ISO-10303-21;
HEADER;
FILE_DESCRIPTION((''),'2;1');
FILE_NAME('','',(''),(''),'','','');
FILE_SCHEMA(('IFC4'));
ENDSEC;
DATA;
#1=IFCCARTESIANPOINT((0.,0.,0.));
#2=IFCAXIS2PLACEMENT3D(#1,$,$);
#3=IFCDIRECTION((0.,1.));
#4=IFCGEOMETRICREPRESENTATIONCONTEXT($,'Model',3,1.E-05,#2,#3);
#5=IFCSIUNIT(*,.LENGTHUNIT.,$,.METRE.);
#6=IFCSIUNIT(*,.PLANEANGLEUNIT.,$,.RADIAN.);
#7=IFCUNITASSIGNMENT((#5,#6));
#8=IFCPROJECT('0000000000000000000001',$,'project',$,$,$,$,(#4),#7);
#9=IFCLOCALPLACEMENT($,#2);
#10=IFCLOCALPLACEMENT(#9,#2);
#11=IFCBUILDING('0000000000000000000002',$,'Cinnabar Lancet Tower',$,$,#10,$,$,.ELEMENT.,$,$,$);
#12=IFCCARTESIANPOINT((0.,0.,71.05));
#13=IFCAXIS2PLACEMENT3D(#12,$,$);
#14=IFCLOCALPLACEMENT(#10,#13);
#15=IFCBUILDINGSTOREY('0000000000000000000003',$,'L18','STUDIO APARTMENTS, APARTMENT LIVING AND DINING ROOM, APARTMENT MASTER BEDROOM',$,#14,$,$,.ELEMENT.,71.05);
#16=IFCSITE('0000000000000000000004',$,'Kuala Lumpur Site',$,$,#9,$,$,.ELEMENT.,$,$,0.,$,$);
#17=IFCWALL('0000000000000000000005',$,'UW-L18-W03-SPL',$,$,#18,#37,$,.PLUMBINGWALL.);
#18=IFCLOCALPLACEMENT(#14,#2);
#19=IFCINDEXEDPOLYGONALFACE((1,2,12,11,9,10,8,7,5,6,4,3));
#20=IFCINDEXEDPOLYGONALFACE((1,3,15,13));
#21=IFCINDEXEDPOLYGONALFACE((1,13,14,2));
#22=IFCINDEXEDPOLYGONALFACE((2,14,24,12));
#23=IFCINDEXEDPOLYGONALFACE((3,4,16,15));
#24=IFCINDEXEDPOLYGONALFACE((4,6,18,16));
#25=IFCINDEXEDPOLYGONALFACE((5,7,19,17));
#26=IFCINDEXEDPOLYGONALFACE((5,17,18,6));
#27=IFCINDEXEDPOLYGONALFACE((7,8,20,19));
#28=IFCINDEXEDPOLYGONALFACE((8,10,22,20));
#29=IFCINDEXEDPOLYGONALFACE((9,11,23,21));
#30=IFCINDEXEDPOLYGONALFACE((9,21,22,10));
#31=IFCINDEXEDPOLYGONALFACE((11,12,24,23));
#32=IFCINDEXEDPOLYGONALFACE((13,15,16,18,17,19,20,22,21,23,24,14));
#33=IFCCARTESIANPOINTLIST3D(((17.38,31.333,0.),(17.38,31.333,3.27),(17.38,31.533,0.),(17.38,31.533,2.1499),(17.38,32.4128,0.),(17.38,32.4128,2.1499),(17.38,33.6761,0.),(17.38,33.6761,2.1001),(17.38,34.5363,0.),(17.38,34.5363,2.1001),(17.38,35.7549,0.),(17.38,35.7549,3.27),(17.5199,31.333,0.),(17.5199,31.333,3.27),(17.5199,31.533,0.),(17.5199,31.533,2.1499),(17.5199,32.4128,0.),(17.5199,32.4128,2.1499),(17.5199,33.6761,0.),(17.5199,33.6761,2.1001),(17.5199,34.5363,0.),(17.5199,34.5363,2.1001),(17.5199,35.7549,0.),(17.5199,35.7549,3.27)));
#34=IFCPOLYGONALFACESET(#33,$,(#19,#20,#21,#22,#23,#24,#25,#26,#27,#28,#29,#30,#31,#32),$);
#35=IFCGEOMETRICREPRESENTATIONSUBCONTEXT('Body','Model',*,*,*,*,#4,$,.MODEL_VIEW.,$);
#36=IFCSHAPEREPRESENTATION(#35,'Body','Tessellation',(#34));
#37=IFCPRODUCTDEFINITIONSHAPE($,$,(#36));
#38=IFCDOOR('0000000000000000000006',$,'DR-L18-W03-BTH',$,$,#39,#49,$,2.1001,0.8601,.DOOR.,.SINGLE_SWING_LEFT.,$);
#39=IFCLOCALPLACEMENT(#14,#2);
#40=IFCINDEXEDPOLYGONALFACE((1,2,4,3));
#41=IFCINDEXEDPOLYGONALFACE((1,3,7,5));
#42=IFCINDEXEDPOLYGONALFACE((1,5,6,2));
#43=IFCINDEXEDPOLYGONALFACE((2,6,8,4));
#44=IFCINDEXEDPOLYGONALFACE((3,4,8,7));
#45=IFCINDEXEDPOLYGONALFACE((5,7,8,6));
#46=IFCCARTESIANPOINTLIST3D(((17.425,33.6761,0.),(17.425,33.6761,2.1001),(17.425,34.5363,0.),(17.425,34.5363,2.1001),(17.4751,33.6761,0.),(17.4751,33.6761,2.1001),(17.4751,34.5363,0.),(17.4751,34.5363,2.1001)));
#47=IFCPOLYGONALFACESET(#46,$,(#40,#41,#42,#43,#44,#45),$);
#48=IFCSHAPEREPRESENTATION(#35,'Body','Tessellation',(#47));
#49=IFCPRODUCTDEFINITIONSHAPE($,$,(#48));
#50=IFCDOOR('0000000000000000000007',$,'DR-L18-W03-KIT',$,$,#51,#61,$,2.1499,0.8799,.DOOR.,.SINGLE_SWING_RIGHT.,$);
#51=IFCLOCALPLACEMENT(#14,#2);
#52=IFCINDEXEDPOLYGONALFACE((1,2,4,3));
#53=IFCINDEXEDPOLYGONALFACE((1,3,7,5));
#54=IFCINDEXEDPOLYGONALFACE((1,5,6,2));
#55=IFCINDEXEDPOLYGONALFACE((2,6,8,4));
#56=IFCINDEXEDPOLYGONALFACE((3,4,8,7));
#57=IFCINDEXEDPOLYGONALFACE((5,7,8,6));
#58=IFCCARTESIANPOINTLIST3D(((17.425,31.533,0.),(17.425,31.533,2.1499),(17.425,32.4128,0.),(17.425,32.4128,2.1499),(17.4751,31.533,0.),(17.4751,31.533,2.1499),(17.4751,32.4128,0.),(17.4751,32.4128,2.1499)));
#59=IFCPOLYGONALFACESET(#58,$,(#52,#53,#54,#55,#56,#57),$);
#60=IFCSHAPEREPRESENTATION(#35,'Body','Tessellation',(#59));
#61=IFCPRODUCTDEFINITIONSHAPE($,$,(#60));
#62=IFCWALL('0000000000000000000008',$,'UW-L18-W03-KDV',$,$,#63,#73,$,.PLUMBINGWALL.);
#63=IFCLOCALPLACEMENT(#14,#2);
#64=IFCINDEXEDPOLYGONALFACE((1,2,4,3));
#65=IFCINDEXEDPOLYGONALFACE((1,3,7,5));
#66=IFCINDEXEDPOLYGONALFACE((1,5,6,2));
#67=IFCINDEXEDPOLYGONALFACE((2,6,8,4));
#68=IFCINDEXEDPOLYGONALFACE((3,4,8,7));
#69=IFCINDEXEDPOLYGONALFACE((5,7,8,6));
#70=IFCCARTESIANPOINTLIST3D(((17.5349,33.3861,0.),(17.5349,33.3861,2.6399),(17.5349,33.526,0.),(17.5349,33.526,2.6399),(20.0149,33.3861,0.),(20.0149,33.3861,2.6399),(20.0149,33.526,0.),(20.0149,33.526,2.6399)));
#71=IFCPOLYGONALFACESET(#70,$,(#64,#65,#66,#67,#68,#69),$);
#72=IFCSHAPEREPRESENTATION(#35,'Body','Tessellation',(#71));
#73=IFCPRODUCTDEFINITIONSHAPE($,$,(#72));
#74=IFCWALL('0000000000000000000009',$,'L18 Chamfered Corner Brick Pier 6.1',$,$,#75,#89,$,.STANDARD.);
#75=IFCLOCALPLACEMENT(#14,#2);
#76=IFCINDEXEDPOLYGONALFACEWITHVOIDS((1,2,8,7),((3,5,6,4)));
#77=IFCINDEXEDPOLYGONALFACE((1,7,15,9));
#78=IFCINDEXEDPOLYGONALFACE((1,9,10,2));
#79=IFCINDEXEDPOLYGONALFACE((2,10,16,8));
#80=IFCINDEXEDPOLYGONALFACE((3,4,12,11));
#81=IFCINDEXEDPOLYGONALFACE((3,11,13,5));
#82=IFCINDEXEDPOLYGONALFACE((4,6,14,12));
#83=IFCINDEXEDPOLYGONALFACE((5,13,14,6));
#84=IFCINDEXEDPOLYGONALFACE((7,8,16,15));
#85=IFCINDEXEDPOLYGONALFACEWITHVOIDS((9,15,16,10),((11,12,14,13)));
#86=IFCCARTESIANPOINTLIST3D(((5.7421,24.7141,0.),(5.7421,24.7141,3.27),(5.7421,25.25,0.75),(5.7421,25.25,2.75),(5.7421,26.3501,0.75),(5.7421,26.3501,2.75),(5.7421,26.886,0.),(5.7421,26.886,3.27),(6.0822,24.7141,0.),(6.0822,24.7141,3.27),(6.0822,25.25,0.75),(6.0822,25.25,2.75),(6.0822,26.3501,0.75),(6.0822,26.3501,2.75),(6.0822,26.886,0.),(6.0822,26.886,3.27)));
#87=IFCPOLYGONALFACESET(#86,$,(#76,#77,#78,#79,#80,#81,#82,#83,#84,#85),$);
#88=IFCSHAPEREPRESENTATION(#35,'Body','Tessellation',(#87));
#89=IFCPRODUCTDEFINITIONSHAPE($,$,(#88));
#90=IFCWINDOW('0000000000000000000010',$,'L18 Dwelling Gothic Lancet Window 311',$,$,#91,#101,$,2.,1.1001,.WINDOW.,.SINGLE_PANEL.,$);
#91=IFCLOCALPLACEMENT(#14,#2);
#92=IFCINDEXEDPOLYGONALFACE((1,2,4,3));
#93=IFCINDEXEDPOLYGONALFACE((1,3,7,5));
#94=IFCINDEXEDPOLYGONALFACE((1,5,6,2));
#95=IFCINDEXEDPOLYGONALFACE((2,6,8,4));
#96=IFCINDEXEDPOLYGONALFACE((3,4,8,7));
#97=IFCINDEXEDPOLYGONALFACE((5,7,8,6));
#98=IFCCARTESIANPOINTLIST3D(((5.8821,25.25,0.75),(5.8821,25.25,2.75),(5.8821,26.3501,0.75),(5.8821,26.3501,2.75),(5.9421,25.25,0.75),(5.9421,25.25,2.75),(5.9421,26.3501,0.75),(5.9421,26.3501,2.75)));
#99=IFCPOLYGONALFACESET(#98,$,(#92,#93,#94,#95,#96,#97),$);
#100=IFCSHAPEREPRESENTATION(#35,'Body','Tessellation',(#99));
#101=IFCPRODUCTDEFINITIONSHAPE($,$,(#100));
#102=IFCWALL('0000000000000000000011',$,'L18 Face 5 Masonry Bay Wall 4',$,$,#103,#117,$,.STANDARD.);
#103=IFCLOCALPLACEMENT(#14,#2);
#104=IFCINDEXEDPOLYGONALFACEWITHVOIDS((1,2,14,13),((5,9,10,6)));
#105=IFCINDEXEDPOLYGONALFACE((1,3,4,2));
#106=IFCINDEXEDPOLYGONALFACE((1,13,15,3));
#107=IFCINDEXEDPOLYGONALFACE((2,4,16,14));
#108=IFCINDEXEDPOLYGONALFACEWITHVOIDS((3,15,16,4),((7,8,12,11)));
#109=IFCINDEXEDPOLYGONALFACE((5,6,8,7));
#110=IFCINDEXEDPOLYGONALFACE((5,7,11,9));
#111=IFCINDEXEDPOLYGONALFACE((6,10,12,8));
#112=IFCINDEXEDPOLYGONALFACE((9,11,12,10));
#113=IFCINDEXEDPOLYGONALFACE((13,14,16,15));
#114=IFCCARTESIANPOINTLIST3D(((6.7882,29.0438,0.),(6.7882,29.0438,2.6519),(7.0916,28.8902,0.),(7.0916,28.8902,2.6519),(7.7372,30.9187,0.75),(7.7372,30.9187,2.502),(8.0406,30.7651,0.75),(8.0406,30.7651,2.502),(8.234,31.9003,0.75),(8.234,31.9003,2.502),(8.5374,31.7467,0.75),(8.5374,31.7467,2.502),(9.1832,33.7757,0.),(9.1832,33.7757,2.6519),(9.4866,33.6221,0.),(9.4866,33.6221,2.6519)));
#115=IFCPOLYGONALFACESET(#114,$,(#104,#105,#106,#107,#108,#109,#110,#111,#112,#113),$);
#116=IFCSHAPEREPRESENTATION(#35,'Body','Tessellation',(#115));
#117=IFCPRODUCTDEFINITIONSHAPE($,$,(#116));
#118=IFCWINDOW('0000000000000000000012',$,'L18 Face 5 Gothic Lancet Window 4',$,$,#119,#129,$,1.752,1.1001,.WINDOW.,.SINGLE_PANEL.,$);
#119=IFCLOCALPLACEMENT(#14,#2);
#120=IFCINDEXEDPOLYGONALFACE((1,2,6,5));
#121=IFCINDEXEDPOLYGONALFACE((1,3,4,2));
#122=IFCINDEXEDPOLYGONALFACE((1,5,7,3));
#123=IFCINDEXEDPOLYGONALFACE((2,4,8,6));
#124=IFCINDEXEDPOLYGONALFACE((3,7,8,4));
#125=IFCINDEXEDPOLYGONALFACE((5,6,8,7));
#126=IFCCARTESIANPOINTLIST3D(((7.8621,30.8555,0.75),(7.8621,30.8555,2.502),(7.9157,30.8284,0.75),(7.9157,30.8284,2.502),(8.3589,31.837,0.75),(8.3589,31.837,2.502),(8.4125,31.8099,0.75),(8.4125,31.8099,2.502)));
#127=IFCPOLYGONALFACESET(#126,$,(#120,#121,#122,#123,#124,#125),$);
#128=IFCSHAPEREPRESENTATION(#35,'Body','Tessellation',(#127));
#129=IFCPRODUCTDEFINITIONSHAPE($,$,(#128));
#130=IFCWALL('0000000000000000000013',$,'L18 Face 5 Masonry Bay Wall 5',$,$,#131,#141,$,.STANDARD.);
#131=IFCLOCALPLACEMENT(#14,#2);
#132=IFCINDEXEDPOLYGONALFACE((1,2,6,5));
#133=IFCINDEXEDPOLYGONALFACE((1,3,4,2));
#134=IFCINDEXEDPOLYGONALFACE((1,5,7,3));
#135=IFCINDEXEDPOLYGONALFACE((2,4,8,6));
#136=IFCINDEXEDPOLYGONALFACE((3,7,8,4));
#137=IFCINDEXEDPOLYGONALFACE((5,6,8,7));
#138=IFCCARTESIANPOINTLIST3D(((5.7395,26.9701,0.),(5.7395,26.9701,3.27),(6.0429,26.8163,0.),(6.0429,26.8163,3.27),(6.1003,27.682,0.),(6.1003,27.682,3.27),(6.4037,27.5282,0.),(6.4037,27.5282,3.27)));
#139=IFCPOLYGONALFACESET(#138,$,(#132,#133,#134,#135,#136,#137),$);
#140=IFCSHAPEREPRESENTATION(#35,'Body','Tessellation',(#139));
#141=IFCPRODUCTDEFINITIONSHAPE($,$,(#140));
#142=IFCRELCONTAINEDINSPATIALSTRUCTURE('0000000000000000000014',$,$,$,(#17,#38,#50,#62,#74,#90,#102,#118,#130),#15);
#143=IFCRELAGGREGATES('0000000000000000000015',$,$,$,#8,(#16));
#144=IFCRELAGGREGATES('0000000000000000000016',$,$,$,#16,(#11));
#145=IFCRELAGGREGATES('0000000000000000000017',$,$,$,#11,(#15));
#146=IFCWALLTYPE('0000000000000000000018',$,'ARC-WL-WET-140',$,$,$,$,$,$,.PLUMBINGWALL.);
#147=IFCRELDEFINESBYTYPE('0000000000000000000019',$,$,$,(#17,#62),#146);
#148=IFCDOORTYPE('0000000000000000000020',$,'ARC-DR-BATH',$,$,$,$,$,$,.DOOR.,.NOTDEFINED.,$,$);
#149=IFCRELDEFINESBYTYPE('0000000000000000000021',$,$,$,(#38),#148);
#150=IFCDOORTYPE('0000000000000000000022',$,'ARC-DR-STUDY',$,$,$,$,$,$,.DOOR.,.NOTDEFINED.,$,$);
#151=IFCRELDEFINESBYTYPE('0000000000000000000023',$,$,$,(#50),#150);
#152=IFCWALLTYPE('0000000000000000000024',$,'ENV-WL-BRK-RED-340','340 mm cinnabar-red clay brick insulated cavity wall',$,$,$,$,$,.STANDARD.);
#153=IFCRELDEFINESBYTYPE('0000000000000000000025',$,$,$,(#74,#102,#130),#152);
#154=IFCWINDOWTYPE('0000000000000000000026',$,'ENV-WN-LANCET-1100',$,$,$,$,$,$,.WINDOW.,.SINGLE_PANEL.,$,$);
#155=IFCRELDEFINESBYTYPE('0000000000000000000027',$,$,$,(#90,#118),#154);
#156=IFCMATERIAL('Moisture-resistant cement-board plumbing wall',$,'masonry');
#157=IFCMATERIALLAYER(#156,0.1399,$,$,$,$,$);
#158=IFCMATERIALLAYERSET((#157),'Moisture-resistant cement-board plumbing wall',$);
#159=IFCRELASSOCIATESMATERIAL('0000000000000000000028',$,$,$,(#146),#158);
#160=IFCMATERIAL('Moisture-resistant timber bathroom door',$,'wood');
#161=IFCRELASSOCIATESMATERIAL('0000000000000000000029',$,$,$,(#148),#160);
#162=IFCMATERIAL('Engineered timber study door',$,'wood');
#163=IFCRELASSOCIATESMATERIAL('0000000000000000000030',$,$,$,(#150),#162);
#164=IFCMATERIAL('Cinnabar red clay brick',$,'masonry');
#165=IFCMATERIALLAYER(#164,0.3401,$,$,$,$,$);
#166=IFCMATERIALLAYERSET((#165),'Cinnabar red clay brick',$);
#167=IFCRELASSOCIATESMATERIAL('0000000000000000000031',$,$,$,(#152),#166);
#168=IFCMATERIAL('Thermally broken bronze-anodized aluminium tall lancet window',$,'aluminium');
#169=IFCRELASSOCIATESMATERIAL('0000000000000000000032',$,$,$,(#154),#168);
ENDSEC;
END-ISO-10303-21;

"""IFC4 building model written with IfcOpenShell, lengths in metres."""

from ifc_helpers import new_model, si_unit, direction, frame, frame_2d, origin, place, context, subcontext, project, spatial, rectangle, extrude, material, layer, layer_set, type_object, element, fill, save


model = new_model("IFC4")

# Units and contexts
model_context = context("Model", 3, precision=1e-05, world=origin(), true_north=direction((0.0, 1.0)))
body_context = subcontext(model_context, "Body", "Model", "MODEL_VIEW")
ifc_project = project(units=[si_unit("LENGTHUNIT", "METRE"), si_unit("PLANEANGLEUNIT", "RADIAN")], contexts=[model_context])

# Site, building, storey
site_placement = place(None, origin())
site = spatial("IfcSite", under=ifc_project, at=site_placement, Name="Kuala Lumpur Site", CompositionType="ELEMENT", RefElevation=0.0)
building_placement = place(site_placement, origin())
building = spatial("IfcBuilding", under=site, at=building_placement, Name="Cinnabar Lancet Tower", CompositionType="ELEMENT")
storey_placement = place(building_placement, frame((0.0, 0.0, 71.05)))
storey = spatial("IfcBuildingStorey", under=building, at=storey_placement, Name="L18", Description="STUDIO APARTMENTS, APARTMENT LIVING AND DINING ROOM, APARTMENT MASTER BEDROOM", CompositionType="ELEMENT", Elevation=71.05)

# Shared definitions
ifc_material_1 = material(Name="Moisture-resistant cement-board plumbing wall", Category="masonry")
ifc_layer_1 = layer(ifc_material_1, 0.1399)
ifc_layer_set_1 = layer_set([ifc_layer_1], Name="Moisture-resistant cement-board plumbing wall")
wall_type_1 = type_object("IfcWallType", Name="ARC-WL-WET-140", PredefinedType="PLUMBINGWALL", material=ifc_layer_set_1)

# Wall, openings, doors
wall_1_placement = place(storey_placement, frame((17.45, 31.333, 0.0), z_axis=(0.0, 0.0, 1.0), x_axis=(0.0, 1.0, 0.0)))
wall_1 = element("IfcWall", 1, at=wall_1_placement, inside=storey, type_object=wall_type_1, Name="UW-L18-W03-SPL", PredefinedType="PLUMBINGWALL", context=body_context, shape_type="SweptSolid", body=[
    extrude(rectangle(XDim=4.4219, YDim=0.1399, at=frame_2d((2.2109, 0.0))), origin(), (0.0, 0.0, 1.0), 3.27),
])
opening_1_placement = place(wall_1_placement, frame((2.343, 0.0, 0.0)))
opening_1 = element("IfcOpeningElement", 2, at=opening_1_placement, cuts=wall_1, PredefinedType="OPENING", context=body_context, shape_type="SweptSolid", body=[
    extrude(rectangle(XDim=0.8601, YDim=2.1001, at=frame_2d((0.4302, 1.05))), frame((0.0, 0.0798, 0.0), z_axis=(0.0, -1.0, 0.0), x_axis=(1.0, 0.0, 0.0)), (0.0, 0.0, 1.0), 0.1599),
])
opening_2_placement = place(wall_1_placement, frame((0.2, 0.0, 0.0)))
opening_2 = element("IfcOpeningElement", 3, at=opening_2_placement, cuts=wall_1, PredefinedType="OPENING", context=body_context, shape_type="SweptSolid", body=[
    extrude(rectangle(XDim=0.8799, YDim=2.1499, at=frame_2d((0.4399, 1.075))), frame((0.0, 0.0798, 0.0), z_axis=(0.0, -1.0, 0.0), x_axis=(1.0, 0.0, 0.0)), (0.0, 0.0, 1.0), 0.1599),
])
ifc_material_2 = material(Name="Moisture-resistant timber bathroom door", Category="wood")
door_type_1 = type_object("IfcDoorType", Name="ARC-DR-BATH", OperationType="NOTDEFINED", PredefinedType="DOOR", material=ifc_material_2)
door_1_placement = place(opening_1_placement, origin())
door_1 = element("IfcDoor", 4, at=door_1_placement, inside=storey, type_object=door_type_1, Name="DR-L18-W03-BTH", OperationType="SINGLE_SWING_LEFT", OverallHeight=2.1001, OverallWidth=0.8601, PredefinedType="DOOR", context=body_context, shape_type="SweptSolid", body=[
    extrude(rectangle(XDim=0.8601, YDim=2.1001, at=frame_2d((0.4302, 1.05))), frame((0.0, 0.0249, 0.0), z_axis=(0.0, -1.0, 0.0), x_axis=(1.0, 0.0, 0.0)), (0.0, 0.0, 1.0), 0.05),
])
fill(opening_1, door_1)
ifc_material_3 = material(Name="Engineered timber study door", Category="wood")
door_type_2 = type_object("IfcDoorType", Name="ARC-DR-STUDY", OperationType="NOTDEFINED", PredefinedType="DOOR", material=ifc_material_3)
door_2_placement = place(opening_2_placement, origin())
door_2 = element("IfcDoor", 5, at=door_2_placement, inside=storey, type_object=door_type_2, Name="DR-L18-W03-KIT", OperationType="SINGLE_SWING_RIGHT", OverallHeight=2.1499, OverallWidth=0.8799, PredefinedType="DOOR", context=body_context, shape_type="SweptSolid", body=[
    extrude(rectangle(XDim=0.8799, YDim=2.1499, at=frame_2d((0.4399, 1.075))), frame((0.0, 0.0249, 0.0), z_axis=(0.0, -1.0, 0.0), x_axis=(1.0, 0.0, 0.0)), (0.0, 0.0, 1.0), 0.05),
])
fill(opening_2, door_2)

# Wall
wall_2_placement = place(storey_placement, frame((17.5349, 33.4561, 0.0), z_axis=(0.0, 0.0, 1.0), x_axis=(1.0, 0.0, 0.0)))
element("IfcWall", 6, at=wall_2_placement, inside=storey, type_object=wall_type_1, Name="UW-L18-W03-KDV", PredefinedType="PLUMBINGWALL", context=body_context, shape_type="SweptSolid", body=[
    extrude(rectangle(XDim=2.48, YDim=0.1399, at=frame_2d((1.24, 0.0))), origin(), (0.0, 0.0, 1.0), 2.6399),
])

# Walls, openings, windows
ifc_material_4 = material(Name="Cinnabar red clay brick", Category="masonry")
ifc_layer_2 = layer(ifc_material_4, 0.3401)
ifc_layer_set_2 = layer_set([ifc_layer_2], Name="Cinnabar red clay brick")
wall_type_2 = type_object("IfcWallType", Name="ENV-WL-BRK-RED-340", Description="340 mm cinnabar-red clay brick insulated cavity wall", PredefinedType="STANDARD", material=ifc_layer_set_2)
wall_3_placement = place(storey_placement, frame((5.9121, 26.886, 0.0), z_axis=(0.0, 0.0, 1.0), x_axis=(0.0, -1.0, 0.0)))
wall_3 = element("IfcWall", 7, at=wall_3_placement, inside=storey, type_object=wall_type_2, Name="L18 Chamfered Corner Brick Pier 6.1", PredefinedType="STANDARD", context=body_context, shape_type="SweptSolid", body=[
    extrude(rectangle(XDim=2.1719, YDim=0.3401, at=frame_2d((1.0859, 0.0))), origin(), (0.0, 0.0, 1.0), 3.27),
])
opening_3_placement = place(wall_3_placement, frame((0.5359, 0.0, 0.75)))
opening_3 = element("IfcOpeningElement", 8, at=opening_3_placement, cuts=wall_3, PredefinedType="OPENING", context=body_context, shape_type="SweptSolid", body=[
    extrude(rectangle(XDim=1.1001, YDim=2.0, at=frame_2d((0.55, 1.0))), frame((0.0, 0.1799, 0.0), z_axis=(0.0, -1.0, 0.0), x_axis=(1.0, 0.0, 0.0)), (0.0, 0.0, 1.0), 0.3601),
])
ifc_material_5 = material(Name="Thermally broken bronze-anodized aluminium tall lancet window", Category="aluminium")
window_type = type_object("IfcWindowType", Name="ENV-WN-LANCET-1100", PartitioningType="SINGLE_PANEL", PredefinedType="WINDOW", material=ifc_material_5)
window_1_placement = place(opening_3_placement, origin())
window_1 = element("IfcWindow", 9, at=window_1_placement, inside=storey, type_object=window_type, Name="L18 Dwelling Gothic Lancet Window 311", OverallHeight=2.0, OverallWidth=1.1001, PartitioningType="SINGLE_PANEL", PredefinedType="WINDOW", context=body_context, shape_type="SweptSolid", body=[
    extrude(rectangle(XDim=1.1001, YDim=2.0, at=frame_2d((0.55, 1.0))), frame((0.0, 0.03, 0.0), z_axis=(0.0, -1.0, 0.0), x_axis=(1.0, 0.0, 0.0)), (0.0, 0.0, 1.0), 0.0601),
])
fill(opening_3, window_1)
wall_4_placement = place(storey_placement, frame((9.335, 33.699, 0.0), z_axis=(0.0, 0.0, 1.0), x_axis=(-0.451591, -0.892225, 0.0)))
wall_4 = element("IfcWall", 10, at=wall_4_placement, inside=storey, type_object=wall_type_2, Name="L18 Face 5 Masonry Bay Wall 4", PredefinedType="STANDARD", context=body_context, shape_type="SweptSolid", body=[
    extrude(rectangle(XDim=5.3035, YDim=0.3401, at=frame_2d((2.6519, 0.0))), origin(), (0.0, 0.0, 1.0), 2.6519),
])
opening_4_placement = place(wall_4_placement, frame((2.1021, 0.0, 0.75)))
opening_4 = element("IfcOpeningElement", 11, at=opening_4_placement, cuts=wall_4, PredefinedType="OPENING", context=body_context, shape_type="SweptSolid", body=[
    extrude(rectangle(XDim=1.1001, YDim=1.752, at=frame_2d((0.55, 0.876))), frame((0.0, 0.1799, 0.0), z_axis=(0.0, -1.0, 0.0), x_axis=(1.0, 0.0, 0.0)), (0.0, 0.0, 1.0), 0.3601),
])
window_2_placement = place(opening_4_placement, origin())
window_2 = element("IfcWindow", 12, at=window_2_placement, inside=storey, type_object=window_type, Name="L18 Face 5 Gothic Lancet Window 4", OverallHeight=1.752, OverallWidth=1.1001, PartitioningType="SINGLE_PANEL", PredefinedType="WINDOW", context=body_context, shape_type="SweptSolid", body=[
    extrude(rectangle(XDim=1.1001, YDim=1.752, at=frame_2d((0.55, 0.876))), frame((0.0, 0.03, 0.0), z_axis=(0.0, -1.0, 0.0), x_axis=(1.0, 0.0, 0.0)), (0.0, 0.0, 1.0), 0.0601),
])
fill(opening_4, window_2)

# Wall
wall_5_placement = place(storey_placement, frame((6.252, 27.605, 0.0), z_axis=(0.0, 0.0, 1.0), x_axis=(-0.452101, -0.891967, 0.0)))
element("IfcWall", 13, at=wall_5_placement, inside=storey, type_object=wall_type_2, Name="L18 Face 5 Masonry Bay Wall 5", PredefinedType="STANDARD", context=body_context, shape_type="SweptSolid", body=[
    extrude(rectangle(XDim=0.7981, YDim=0.3401, at=frame_2d((0.3989, 0.0))), origin(), (0.0, 0.0, 1.0), 3.27),
])

save(model, "model.ifc")
